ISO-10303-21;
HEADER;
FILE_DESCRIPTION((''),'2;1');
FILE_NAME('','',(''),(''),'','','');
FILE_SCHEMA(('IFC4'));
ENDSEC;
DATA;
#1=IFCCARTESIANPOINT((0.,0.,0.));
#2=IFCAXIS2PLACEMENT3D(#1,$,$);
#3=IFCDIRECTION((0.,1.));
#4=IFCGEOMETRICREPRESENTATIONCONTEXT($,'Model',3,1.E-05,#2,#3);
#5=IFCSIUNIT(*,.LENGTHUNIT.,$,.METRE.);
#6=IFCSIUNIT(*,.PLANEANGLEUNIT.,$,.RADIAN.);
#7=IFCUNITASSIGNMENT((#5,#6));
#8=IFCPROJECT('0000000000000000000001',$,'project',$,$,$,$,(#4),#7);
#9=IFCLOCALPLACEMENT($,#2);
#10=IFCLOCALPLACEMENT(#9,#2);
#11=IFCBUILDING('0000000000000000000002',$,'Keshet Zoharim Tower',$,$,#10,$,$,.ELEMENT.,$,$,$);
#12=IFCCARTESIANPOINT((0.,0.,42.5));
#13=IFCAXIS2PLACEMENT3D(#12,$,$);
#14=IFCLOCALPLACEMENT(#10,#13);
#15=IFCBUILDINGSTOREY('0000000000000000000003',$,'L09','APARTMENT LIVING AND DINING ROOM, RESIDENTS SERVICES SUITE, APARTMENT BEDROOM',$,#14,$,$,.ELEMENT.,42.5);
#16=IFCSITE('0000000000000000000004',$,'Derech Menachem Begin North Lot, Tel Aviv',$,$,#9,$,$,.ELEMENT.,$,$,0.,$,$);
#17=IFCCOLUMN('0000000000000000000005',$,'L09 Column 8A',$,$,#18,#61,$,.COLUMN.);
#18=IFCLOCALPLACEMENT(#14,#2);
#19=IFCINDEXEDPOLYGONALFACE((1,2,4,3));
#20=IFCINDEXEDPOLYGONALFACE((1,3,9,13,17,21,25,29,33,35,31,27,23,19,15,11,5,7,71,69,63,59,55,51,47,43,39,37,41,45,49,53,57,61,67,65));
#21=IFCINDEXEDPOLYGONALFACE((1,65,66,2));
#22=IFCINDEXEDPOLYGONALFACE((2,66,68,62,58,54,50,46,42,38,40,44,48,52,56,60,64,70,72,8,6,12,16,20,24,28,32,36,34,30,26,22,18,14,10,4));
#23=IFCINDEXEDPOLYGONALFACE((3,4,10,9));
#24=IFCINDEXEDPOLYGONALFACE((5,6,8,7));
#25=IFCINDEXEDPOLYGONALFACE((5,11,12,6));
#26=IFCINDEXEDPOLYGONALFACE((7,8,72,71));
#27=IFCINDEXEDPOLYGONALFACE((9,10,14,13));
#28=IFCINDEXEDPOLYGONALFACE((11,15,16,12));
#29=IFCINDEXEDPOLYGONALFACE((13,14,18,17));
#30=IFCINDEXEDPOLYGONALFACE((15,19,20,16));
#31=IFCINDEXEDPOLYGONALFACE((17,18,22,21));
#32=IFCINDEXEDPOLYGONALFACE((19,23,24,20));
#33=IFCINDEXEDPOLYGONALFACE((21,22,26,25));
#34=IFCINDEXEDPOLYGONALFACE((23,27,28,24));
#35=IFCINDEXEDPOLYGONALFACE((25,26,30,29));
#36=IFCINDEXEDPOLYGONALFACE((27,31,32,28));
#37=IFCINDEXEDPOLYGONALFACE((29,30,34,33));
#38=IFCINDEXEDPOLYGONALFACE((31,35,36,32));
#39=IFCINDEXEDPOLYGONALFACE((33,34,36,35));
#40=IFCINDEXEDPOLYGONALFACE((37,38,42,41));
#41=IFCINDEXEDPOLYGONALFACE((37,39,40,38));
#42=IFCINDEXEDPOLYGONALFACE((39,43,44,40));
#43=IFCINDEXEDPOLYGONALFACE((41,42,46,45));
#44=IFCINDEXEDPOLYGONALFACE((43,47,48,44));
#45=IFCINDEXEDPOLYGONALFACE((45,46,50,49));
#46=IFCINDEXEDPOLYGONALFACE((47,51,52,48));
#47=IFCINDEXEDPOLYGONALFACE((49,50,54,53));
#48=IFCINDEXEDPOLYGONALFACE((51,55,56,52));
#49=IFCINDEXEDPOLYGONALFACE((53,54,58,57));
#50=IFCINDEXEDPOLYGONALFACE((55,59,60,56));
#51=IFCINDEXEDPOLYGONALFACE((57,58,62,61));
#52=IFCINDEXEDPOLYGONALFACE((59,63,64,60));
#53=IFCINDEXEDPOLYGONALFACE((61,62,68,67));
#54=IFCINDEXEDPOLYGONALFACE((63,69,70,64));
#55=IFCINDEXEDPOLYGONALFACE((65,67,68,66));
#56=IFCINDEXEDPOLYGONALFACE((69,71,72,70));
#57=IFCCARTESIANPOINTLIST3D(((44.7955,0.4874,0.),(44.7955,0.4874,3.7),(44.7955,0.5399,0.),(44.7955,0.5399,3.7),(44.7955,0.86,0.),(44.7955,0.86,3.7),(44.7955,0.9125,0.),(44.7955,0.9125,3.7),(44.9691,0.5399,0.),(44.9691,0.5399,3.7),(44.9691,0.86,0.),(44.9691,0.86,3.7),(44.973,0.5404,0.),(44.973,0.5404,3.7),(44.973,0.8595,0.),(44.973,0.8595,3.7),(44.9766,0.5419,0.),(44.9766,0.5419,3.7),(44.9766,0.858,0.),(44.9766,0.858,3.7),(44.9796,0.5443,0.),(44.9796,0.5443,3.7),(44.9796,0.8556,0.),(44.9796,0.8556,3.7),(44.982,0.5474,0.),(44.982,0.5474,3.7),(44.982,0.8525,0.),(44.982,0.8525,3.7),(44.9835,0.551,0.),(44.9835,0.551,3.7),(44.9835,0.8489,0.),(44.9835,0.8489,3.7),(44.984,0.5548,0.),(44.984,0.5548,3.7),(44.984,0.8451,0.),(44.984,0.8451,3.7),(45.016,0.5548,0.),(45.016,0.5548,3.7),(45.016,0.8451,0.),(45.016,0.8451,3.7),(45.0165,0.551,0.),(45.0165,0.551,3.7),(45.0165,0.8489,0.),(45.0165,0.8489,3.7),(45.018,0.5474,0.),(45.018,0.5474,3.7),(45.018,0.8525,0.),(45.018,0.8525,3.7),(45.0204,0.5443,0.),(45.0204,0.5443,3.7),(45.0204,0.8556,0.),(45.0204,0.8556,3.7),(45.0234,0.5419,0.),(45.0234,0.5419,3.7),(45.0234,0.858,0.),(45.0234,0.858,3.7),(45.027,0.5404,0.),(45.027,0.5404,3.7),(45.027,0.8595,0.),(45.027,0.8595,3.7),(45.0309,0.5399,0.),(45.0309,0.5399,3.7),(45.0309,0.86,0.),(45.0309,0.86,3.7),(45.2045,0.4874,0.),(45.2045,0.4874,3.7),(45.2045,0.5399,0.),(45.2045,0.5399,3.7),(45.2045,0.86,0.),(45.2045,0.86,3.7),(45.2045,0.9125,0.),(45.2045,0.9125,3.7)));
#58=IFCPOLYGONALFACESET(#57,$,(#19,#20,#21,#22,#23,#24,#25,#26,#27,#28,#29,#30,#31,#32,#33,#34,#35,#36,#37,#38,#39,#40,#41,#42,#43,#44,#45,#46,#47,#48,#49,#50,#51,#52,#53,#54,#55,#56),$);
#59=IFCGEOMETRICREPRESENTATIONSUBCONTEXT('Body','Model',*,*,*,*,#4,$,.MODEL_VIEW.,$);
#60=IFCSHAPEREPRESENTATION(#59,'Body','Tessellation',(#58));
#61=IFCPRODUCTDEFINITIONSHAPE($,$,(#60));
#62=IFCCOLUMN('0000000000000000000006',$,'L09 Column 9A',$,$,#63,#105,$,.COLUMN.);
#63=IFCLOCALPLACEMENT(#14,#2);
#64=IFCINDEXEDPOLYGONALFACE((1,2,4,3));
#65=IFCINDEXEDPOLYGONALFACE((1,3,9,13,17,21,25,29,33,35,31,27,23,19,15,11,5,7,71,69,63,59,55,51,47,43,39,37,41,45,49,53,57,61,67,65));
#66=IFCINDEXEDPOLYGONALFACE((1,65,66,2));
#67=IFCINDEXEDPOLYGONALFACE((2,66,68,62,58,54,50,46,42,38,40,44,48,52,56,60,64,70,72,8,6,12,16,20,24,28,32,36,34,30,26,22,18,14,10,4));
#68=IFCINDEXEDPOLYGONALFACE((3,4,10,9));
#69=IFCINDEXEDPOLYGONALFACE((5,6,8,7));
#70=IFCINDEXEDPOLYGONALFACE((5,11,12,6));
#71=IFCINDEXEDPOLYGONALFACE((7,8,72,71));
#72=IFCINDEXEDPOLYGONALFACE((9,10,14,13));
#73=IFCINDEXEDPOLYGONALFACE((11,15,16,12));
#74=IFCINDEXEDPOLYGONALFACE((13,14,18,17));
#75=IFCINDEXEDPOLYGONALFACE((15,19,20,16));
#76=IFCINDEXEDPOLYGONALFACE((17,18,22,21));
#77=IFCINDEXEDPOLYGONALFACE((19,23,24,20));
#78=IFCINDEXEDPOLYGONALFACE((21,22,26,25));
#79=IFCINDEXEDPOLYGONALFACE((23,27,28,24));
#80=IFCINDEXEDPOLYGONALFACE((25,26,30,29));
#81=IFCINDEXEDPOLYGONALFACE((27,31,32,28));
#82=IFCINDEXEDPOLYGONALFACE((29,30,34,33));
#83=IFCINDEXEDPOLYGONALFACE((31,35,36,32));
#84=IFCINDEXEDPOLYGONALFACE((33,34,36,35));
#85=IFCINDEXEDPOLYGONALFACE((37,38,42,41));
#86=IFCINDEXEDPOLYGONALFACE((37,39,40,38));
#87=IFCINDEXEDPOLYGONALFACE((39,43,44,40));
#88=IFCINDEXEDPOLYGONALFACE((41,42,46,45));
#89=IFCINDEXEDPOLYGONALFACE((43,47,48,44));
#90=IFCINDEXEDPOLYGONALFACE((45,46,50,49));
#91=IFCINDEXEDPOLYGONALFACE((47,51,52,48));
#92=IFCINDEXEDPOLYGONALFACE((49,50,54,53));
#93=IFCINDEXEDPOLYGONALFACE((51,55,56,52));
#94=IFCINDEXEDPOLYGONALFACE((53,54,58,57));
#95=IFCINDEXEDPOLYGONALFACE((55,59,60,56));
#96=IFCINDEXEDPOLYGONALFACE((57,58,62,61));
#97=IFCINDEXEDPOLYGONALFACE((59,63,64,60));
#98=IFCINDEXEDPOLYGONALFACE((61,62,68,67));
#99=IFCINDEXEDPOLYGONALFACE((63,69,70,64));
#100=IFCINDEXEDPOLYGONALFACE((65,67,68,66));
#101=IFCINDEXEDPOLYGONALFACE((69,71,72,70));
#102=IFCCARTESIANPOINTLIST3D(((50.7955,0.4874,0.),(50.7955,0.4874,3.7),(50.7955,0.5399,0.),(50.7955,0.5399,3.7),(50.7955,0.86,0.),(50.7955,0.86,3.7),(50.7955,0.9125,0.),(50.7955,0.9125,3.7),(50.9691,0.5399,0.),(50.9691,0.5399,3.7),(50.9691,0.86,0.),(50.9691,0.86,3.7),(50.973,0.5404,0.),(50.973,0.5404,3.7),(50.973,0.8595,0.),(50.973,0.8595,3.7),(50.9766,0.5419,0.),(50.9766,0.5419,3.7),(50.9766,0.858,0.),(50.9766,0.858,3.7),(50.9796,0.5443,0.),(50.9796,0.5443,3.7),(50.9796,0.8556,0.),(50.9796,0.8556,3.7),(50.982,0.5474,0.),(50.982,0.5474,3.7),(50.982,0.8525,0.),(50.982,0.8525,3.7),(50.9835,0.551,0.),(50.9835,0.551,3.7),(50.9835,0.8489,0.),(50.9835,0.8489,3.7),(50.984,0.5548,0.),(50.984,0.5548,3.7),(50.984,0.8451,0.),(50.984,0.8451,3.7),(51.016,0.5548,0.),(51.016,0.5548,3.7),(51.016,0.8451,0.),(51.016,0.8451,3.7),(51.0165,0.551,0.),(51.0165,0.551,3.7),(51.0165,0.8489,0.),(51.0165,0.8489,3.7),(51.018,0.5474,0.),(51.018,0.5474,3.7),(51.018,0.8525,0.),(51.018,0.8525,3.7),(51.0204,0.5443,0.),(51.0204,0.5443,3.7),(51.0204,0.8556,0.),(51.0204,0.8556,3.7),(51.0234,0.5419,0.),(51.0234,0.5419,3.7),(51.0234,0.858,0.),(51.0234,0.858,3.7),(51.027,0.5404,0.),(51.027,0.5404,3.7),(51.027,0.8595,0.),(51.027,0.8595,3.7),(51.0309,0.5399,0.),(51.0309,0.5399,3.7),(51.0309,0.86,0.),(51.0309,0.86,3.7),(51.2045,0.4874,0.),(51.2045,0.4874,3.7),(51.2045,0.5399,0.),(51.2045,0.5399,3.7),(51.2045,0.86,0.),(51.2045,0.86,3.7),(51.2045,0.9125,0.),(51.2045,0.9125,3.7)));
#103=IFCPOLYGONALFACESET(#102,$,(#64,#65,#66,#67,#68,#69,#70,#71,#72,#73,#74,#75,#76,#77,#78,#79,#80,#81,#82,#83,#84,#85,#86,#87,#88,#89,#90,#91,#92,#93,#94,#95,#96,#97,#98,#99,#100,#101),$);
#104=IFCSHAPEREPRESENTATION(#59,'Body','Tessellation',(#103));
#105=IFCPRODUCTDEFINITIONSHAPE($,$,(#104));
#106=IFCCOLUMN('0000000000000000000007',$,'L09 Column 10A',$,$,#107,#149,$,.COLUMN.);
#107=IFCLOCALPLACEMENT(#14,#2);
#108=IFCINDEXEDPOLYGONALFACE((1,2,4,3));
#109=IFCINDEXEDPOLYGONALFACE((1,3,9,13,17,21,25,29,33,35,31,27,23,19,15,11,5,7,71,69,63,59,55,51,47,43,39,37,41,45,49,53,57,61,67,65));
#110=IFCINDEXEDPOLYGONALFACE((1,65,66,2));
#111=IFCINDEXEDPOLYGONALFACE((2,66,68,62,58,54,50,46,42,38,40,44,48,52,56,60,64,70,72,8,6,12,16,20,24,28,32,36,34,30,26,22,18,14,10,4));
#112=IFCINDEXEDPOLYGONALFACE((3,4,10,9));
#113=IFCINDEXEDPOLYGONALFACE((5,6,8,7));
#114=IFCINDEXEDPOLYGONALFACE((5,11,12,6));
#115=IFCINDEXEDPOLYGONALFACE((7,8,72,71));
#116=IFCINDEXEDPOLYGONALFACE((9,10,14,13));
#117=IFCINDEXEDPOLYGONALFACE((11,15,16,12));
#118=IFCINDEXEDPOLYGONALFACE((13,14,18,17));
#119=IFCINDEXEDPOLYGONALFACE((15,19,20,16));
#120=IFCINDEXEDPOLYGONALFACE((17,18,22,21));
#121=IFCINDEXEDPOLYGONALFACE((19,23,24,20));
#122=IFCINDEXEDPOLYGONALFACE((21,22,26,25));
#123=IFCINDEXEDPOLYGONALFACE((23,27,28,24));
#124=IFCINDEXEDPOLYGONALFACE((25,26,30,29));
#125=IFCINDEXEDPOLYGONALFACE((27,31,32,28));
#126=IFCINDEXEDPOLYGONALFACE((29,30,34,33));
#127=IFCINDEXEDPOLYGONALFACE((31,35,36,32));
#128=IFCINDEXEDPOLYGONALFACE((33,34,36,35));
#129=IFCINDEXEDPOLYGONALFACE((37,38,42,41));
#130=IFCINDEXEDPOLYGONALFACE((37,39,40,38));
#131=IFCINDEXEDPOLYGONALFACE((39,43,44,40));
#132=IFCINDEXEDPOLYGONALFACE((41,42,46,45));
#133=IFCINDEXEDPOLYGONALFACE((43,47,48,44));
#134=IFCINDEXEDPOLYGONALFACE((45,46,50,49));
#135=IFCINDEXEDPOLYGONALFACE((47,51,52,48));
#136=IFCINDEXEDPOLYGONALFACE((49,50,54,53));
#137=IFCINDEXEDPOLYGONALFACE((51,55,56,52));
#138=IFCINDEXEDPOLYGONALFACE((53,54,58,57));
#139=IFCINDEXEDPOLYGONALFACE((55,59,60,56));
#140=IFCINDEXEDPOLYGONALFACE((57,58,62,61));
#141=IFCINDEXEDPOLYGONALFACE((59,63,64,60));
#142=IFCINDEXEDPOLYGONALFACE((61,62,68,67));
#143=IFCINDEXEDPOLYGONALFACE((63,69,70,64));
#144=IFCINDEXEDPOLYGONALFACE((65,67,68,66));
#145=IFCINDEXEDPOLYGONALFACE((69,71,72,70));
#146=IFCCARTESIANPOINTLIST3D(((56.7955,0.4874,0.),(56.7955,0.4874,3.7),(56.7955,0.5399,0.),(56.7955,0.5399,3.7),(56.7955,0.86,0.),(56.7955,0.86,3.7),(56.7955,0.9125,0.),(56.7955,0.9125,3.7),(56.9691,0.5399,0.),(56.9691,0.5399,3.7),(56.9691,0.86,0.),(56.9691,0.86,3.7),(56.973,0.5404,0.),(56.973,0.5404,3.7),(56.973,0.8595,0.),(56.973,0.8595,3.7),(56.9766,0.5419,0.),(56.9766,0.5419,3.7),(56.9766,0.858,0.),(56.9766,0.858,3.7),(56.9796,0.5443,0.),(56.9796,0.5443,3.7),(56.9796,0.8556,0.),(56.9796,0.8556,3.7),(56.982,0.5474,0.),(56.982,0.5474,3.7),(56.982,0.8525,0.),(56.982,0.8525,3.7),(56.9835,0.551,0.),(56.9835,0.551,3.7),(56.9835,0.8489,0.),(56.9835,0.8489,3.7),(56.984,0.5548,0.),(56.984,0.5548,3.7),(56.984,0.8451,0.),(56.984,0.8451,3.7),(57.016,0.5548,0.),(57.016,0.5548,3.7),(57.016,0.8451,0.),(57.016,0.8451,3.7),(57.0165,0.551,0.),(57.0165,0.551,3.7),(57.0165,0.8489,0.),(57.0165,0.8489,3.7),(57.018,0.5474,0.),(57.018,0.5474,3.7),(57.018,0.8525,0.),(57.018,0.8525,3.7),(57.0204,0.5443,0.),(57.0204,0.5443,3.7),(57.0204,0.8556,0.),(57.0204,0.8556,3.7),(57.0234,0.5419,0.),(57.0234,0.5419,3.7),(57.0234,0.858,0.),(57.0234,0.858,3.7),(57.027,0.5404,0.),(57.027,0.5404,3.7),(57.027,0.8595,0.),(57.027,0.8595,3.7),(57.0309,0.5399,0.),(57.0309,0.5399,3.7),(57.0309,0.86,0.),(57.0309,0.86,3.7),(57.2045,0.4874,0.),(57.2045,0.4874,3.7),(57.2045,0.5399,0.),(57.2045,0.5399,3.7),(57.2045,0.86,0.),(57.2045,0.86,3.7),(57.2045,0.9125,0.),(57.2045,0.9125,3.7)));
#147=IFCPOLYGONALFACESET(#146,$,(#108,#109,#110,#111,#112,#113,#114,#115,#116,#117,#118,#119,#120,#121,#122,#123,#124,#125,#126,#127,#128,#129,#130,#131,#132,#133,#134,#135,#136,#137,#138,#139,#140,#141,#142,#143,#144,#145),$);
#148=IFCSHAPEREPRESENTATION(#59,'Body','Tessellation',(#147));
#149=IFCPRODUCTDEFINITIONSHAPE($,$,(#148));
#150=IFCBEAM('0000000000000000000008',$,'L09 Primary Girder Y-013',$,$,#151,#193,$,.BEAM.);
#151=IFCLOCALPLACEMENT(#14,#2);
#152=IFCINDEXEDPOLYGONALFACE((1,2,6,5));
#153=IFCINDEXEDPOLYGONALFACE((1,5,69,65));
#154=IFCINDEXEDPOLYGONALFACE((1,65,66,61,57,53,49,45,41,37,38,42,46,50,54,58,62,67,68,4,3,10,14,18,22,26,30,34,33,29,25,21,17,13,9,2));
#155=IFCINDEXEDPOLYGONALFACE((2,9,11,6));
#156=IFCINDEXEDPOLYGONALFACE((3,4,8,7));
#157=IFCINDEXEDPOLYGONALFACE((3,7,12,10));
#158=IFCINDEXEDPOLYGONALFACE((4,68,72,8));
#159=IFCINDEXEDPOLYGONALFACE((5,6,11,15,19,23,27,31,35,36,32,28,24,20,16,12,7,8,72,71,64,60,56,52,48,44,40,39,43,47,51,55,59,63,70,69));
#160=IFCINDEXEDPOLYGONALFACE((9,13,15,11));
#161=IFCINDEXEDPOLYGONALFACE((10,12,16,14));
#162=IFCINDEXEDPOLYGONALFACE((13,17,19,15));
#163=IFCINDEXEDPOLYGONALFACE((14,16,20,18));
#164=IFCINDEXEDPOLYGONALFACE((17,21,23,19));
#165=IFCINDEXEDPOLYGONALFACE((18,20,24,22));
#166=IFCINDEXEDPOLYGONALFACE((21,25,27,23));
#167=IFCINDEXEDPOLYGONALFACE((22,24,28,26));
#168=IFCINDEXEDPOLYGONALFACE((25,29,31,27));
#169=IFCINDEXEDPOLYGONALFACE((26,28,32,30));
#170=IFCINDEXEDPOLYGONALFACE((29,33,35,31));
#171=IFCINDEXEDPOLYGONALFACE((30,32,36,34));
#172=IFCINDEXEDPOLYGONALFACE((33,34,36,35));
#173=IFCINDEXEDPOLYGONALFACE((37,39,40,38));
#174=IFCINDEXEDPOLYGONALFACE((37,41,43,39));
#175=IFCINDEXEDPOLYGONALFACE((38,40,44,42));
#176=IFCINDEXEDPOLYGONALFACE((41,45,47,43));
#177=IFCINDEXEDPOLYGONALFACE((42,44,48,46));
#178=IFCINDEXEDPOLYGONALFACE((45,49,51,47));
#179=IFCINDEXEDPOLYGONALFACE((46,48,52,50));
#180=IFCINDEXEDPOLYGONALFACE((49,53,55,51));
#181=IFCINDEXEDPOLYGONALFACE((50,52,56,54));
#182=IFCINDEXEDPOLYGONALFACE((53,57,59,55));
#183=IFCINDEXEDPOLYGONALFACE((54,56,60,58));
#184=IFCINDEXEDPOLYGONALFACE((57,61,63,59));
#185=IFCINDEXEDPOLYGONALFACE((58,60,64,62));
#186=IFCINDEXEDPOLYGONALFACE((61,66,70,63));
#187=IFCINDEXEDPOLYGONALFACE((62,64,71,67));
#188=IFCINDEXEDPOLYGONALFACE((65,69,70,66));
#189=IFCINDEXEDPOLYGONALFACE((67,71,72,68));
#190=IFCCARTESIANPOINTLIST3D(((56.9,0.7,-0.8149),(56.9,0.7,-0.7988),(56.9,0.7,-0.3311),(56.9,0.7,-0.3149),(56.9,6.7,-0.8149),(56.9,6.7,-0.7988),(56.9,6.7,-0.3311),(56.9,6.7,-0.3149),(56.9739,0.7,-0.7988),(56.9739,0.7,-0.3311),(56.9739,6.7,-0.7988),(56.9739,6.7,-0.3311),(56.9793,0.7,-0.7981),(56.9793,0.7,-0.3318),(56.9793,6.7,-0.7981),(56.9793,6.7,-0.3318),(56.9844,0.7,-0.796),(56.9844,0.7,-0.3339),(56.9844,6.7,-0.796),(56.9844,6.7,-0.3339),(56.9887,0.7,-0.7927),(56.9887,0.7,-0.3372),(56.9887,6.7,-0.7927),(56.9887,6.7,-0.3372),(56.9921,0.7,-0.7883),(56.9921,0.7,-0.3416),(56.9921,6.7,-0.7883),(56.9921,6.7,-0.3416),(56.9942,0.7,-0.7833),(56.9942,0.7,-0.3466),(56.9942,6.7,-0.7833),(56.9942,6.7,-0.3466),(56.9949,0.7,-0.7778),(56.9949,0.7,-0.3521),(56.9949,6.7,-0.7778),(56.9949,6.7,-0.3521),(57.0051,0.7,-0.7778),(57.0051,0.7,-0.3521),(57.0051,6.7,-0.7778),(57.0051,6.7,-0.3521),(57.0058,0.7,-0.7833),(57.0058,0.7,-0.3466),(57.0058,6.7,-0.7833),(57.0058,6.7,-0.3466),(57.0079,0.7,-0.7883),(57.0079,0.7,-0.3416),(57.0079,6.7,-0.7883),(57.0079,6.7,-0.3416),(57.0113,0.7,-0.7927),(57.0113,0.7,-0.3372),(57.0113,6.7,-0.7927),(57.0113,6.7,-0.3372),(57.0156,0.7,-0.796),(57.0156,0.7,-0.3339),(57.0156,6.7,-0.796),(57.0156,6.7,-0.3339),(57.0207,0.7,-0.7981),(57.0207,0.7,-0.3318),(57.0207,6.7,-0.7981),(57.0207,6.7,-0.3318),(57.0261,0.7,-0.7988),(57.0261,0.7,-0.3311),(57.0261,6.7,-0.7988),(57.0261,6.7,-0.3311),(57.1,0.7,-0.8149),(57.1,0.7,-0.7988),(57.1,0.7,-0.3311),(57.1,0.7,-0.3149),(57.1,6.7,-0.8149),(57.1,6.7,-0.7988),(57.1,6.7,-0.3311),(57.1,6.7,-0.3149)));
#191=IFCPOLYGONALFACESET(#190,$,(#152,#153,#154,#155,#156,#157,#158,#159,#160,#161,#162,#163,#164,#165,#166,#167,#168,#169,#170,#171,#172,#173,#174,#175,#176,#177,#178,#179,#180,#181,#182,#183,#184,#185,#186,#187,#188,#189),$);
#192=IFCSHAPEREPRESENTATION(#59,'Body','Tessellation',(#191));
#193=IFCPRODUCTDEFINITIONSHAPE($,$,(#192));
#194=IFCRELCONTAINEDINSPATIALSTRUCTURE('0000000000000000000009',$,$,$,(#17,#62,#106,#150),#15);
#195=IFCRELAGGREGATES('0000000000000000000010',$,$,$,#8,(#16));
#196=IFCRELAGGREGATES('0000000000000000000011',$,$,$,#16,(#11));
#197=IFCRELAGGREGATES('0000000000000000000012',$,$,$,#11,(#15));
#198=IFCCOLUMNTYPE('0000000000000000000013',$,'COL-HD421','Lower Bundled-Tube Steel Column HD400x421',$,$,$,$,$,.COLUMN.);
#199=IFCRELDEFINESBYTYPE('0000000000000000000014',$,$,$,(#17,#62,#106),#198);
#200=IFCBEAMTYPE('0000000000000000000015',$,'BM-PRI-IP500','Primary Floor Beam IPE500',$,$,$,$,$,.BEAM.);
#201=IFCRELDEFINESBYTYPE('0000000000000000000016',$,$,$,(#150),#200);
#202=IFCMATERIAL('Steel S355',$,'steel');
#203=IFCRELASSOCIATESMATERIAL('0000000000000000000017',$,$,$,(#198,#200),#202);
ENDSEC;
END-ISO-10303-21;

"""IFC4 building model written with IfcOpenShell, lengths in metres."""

from ifc_helpers import new_model, si_unit, direction, frame, origin, origin_2d, place, context, subcontext, project, spatial, i_section, extrude, material, material_profile, profile_set, type_object, element, save


model = new_model("IFC4")

# Units and contexts
model_context = context("Model", 3, precision=1e-05, world=origin(), true_north=direction((0.0, 1.0)))
body_context = subcontext(model_context, "Body", "Model", "MODEL_VIEW")
ifc_project = project(units=[si_unit("LENGTHUNIT", "METRE"), si_unit("PLANEANGLEUNIT", "RADIAN")], contexts=[model_context])

# Site, building, storey
site_placement = place(None, origin())
site = spatial("IfcSite", under=ifc_project, at=site_placement, Name="Derech Menachem Begin North Lot, Tel Aviv", CompositionType="ELEMENT", RefElevation=0.0)
building_placement = place(site_placement, origin())
building = spatial("IfcBuilding", under=site, at=building_placement, Name="Keshet Zoharim Tower", CompositionType="ELEMENT")
storey_placement = place(building_placement, frame((0.0, 0.0, 42.5)))
storey = spatial("IfcBuildingStorey", under=building, at=storey_placement, Name="L09", Description="APARTMENT LIVING AND DINING ROOM, RESIDENTS SERVICES SUITE, APARTMENT BEDROOM", CompositionType="ELEMENT", Elevation=42.5)

# Columns
ifc_material_1 = material(Name="Steel S355", Category="steel")
ifc_material_profile_1 = material_profile(ifc_material_1, i_section(OverallWidth=0.4089, OverallDepth=0.425, WebThickness=0.032, FlangeThickness=0.0525, FilletRadius=0.0149, at=origin_2d()), Name="HD400x421")
ifc_profile_set_1 = profile_set([ifc_material_profile_1], Name="Steel S355")
column_type = type_object("IfcColumnType", Name="COL-HD421", Description="Lower Bundled-Tube Steel Column HD400x421", PredefinedType="COLUMN", material=ifc_profile_set_1)
for number, where, z_axis, x_axis, name in (
    (1, (45.0, 0.7, 0.0), (0.0, 0.0, 1.0), (1.0, 0.0, 0.0), "L09 Column 8A"),
    (2, (51.0, 0.7, 0.0), (0.0, 0.0, 1.0), (1.0, 0.0, 0.0), "L09 Column 9A"),
    (3, (57.0, 0.7, 0.0), (0.0, 0.0, 1.0), (1.0, 0.0, 0.0), "L09 Column 10A"),
):
    element("IfcColumn", number, at=place(storey_placement, frame(where, z_axis=z_axis, x_axis=x_axis)), inside=storey, type_object=column_type, Name=name, PredefinedType="COLUMN", context=body_context, shape_type="SweptSolid", body=[
        extrude(i_section(OverallWidth=0.4089, OverallDepth=0.425, WebThickness=0.032, FlangeThickness=0.0525, FilletRadius=0.0149, at=origin_2d()), origin(), (0.0, 0.0, 1.0), 3.7),
    ])

# Beam
ifc_material_profile_2 = material_profile(ifc_material_1, i_section(OverallWidth=0.2, OverallDepth=0.5, WebThickness=0.0103, FlangeThickness=0.0161, FilletRadius=0.021, at=origin_2d()), Name="IPE500")
ifc_profile_set_2 = profile_set([ifc_material_profile_2], Name="Steel S355")
beam_type_1 = type_object("IfcBeamType", Name="BM-PRI-IP500", Description="Primary Floor Beam IPE500", PredefinedType="BEAM", material=ifc_profile_set_2)
beam_placement = place(storey_placement, frame((57.0, 0.7, -0.5649), z_axis=(0.0, 1.0, 0.0), x_axis=(-1.0, 0.0, 0.0)))
element("IfcBeam", 4, at=beam_placement, inside=storey, type_object=beam_type_1, Name="L09 Primary Girder Y-013", PredefinedType="BEAM", context=body_context, shape_type="SweptSolid", body=[
    extrude(i_section(OverallWidth=0.2, OverallDepth=0.5, WebThickness=0.0103, FlangeThickness=0.0161, FilletRadius=0.021, at=origin_2d()), origin(), (0.0, 0.0, 1.0), 6.0),
])

save(model, "model.ifc")
